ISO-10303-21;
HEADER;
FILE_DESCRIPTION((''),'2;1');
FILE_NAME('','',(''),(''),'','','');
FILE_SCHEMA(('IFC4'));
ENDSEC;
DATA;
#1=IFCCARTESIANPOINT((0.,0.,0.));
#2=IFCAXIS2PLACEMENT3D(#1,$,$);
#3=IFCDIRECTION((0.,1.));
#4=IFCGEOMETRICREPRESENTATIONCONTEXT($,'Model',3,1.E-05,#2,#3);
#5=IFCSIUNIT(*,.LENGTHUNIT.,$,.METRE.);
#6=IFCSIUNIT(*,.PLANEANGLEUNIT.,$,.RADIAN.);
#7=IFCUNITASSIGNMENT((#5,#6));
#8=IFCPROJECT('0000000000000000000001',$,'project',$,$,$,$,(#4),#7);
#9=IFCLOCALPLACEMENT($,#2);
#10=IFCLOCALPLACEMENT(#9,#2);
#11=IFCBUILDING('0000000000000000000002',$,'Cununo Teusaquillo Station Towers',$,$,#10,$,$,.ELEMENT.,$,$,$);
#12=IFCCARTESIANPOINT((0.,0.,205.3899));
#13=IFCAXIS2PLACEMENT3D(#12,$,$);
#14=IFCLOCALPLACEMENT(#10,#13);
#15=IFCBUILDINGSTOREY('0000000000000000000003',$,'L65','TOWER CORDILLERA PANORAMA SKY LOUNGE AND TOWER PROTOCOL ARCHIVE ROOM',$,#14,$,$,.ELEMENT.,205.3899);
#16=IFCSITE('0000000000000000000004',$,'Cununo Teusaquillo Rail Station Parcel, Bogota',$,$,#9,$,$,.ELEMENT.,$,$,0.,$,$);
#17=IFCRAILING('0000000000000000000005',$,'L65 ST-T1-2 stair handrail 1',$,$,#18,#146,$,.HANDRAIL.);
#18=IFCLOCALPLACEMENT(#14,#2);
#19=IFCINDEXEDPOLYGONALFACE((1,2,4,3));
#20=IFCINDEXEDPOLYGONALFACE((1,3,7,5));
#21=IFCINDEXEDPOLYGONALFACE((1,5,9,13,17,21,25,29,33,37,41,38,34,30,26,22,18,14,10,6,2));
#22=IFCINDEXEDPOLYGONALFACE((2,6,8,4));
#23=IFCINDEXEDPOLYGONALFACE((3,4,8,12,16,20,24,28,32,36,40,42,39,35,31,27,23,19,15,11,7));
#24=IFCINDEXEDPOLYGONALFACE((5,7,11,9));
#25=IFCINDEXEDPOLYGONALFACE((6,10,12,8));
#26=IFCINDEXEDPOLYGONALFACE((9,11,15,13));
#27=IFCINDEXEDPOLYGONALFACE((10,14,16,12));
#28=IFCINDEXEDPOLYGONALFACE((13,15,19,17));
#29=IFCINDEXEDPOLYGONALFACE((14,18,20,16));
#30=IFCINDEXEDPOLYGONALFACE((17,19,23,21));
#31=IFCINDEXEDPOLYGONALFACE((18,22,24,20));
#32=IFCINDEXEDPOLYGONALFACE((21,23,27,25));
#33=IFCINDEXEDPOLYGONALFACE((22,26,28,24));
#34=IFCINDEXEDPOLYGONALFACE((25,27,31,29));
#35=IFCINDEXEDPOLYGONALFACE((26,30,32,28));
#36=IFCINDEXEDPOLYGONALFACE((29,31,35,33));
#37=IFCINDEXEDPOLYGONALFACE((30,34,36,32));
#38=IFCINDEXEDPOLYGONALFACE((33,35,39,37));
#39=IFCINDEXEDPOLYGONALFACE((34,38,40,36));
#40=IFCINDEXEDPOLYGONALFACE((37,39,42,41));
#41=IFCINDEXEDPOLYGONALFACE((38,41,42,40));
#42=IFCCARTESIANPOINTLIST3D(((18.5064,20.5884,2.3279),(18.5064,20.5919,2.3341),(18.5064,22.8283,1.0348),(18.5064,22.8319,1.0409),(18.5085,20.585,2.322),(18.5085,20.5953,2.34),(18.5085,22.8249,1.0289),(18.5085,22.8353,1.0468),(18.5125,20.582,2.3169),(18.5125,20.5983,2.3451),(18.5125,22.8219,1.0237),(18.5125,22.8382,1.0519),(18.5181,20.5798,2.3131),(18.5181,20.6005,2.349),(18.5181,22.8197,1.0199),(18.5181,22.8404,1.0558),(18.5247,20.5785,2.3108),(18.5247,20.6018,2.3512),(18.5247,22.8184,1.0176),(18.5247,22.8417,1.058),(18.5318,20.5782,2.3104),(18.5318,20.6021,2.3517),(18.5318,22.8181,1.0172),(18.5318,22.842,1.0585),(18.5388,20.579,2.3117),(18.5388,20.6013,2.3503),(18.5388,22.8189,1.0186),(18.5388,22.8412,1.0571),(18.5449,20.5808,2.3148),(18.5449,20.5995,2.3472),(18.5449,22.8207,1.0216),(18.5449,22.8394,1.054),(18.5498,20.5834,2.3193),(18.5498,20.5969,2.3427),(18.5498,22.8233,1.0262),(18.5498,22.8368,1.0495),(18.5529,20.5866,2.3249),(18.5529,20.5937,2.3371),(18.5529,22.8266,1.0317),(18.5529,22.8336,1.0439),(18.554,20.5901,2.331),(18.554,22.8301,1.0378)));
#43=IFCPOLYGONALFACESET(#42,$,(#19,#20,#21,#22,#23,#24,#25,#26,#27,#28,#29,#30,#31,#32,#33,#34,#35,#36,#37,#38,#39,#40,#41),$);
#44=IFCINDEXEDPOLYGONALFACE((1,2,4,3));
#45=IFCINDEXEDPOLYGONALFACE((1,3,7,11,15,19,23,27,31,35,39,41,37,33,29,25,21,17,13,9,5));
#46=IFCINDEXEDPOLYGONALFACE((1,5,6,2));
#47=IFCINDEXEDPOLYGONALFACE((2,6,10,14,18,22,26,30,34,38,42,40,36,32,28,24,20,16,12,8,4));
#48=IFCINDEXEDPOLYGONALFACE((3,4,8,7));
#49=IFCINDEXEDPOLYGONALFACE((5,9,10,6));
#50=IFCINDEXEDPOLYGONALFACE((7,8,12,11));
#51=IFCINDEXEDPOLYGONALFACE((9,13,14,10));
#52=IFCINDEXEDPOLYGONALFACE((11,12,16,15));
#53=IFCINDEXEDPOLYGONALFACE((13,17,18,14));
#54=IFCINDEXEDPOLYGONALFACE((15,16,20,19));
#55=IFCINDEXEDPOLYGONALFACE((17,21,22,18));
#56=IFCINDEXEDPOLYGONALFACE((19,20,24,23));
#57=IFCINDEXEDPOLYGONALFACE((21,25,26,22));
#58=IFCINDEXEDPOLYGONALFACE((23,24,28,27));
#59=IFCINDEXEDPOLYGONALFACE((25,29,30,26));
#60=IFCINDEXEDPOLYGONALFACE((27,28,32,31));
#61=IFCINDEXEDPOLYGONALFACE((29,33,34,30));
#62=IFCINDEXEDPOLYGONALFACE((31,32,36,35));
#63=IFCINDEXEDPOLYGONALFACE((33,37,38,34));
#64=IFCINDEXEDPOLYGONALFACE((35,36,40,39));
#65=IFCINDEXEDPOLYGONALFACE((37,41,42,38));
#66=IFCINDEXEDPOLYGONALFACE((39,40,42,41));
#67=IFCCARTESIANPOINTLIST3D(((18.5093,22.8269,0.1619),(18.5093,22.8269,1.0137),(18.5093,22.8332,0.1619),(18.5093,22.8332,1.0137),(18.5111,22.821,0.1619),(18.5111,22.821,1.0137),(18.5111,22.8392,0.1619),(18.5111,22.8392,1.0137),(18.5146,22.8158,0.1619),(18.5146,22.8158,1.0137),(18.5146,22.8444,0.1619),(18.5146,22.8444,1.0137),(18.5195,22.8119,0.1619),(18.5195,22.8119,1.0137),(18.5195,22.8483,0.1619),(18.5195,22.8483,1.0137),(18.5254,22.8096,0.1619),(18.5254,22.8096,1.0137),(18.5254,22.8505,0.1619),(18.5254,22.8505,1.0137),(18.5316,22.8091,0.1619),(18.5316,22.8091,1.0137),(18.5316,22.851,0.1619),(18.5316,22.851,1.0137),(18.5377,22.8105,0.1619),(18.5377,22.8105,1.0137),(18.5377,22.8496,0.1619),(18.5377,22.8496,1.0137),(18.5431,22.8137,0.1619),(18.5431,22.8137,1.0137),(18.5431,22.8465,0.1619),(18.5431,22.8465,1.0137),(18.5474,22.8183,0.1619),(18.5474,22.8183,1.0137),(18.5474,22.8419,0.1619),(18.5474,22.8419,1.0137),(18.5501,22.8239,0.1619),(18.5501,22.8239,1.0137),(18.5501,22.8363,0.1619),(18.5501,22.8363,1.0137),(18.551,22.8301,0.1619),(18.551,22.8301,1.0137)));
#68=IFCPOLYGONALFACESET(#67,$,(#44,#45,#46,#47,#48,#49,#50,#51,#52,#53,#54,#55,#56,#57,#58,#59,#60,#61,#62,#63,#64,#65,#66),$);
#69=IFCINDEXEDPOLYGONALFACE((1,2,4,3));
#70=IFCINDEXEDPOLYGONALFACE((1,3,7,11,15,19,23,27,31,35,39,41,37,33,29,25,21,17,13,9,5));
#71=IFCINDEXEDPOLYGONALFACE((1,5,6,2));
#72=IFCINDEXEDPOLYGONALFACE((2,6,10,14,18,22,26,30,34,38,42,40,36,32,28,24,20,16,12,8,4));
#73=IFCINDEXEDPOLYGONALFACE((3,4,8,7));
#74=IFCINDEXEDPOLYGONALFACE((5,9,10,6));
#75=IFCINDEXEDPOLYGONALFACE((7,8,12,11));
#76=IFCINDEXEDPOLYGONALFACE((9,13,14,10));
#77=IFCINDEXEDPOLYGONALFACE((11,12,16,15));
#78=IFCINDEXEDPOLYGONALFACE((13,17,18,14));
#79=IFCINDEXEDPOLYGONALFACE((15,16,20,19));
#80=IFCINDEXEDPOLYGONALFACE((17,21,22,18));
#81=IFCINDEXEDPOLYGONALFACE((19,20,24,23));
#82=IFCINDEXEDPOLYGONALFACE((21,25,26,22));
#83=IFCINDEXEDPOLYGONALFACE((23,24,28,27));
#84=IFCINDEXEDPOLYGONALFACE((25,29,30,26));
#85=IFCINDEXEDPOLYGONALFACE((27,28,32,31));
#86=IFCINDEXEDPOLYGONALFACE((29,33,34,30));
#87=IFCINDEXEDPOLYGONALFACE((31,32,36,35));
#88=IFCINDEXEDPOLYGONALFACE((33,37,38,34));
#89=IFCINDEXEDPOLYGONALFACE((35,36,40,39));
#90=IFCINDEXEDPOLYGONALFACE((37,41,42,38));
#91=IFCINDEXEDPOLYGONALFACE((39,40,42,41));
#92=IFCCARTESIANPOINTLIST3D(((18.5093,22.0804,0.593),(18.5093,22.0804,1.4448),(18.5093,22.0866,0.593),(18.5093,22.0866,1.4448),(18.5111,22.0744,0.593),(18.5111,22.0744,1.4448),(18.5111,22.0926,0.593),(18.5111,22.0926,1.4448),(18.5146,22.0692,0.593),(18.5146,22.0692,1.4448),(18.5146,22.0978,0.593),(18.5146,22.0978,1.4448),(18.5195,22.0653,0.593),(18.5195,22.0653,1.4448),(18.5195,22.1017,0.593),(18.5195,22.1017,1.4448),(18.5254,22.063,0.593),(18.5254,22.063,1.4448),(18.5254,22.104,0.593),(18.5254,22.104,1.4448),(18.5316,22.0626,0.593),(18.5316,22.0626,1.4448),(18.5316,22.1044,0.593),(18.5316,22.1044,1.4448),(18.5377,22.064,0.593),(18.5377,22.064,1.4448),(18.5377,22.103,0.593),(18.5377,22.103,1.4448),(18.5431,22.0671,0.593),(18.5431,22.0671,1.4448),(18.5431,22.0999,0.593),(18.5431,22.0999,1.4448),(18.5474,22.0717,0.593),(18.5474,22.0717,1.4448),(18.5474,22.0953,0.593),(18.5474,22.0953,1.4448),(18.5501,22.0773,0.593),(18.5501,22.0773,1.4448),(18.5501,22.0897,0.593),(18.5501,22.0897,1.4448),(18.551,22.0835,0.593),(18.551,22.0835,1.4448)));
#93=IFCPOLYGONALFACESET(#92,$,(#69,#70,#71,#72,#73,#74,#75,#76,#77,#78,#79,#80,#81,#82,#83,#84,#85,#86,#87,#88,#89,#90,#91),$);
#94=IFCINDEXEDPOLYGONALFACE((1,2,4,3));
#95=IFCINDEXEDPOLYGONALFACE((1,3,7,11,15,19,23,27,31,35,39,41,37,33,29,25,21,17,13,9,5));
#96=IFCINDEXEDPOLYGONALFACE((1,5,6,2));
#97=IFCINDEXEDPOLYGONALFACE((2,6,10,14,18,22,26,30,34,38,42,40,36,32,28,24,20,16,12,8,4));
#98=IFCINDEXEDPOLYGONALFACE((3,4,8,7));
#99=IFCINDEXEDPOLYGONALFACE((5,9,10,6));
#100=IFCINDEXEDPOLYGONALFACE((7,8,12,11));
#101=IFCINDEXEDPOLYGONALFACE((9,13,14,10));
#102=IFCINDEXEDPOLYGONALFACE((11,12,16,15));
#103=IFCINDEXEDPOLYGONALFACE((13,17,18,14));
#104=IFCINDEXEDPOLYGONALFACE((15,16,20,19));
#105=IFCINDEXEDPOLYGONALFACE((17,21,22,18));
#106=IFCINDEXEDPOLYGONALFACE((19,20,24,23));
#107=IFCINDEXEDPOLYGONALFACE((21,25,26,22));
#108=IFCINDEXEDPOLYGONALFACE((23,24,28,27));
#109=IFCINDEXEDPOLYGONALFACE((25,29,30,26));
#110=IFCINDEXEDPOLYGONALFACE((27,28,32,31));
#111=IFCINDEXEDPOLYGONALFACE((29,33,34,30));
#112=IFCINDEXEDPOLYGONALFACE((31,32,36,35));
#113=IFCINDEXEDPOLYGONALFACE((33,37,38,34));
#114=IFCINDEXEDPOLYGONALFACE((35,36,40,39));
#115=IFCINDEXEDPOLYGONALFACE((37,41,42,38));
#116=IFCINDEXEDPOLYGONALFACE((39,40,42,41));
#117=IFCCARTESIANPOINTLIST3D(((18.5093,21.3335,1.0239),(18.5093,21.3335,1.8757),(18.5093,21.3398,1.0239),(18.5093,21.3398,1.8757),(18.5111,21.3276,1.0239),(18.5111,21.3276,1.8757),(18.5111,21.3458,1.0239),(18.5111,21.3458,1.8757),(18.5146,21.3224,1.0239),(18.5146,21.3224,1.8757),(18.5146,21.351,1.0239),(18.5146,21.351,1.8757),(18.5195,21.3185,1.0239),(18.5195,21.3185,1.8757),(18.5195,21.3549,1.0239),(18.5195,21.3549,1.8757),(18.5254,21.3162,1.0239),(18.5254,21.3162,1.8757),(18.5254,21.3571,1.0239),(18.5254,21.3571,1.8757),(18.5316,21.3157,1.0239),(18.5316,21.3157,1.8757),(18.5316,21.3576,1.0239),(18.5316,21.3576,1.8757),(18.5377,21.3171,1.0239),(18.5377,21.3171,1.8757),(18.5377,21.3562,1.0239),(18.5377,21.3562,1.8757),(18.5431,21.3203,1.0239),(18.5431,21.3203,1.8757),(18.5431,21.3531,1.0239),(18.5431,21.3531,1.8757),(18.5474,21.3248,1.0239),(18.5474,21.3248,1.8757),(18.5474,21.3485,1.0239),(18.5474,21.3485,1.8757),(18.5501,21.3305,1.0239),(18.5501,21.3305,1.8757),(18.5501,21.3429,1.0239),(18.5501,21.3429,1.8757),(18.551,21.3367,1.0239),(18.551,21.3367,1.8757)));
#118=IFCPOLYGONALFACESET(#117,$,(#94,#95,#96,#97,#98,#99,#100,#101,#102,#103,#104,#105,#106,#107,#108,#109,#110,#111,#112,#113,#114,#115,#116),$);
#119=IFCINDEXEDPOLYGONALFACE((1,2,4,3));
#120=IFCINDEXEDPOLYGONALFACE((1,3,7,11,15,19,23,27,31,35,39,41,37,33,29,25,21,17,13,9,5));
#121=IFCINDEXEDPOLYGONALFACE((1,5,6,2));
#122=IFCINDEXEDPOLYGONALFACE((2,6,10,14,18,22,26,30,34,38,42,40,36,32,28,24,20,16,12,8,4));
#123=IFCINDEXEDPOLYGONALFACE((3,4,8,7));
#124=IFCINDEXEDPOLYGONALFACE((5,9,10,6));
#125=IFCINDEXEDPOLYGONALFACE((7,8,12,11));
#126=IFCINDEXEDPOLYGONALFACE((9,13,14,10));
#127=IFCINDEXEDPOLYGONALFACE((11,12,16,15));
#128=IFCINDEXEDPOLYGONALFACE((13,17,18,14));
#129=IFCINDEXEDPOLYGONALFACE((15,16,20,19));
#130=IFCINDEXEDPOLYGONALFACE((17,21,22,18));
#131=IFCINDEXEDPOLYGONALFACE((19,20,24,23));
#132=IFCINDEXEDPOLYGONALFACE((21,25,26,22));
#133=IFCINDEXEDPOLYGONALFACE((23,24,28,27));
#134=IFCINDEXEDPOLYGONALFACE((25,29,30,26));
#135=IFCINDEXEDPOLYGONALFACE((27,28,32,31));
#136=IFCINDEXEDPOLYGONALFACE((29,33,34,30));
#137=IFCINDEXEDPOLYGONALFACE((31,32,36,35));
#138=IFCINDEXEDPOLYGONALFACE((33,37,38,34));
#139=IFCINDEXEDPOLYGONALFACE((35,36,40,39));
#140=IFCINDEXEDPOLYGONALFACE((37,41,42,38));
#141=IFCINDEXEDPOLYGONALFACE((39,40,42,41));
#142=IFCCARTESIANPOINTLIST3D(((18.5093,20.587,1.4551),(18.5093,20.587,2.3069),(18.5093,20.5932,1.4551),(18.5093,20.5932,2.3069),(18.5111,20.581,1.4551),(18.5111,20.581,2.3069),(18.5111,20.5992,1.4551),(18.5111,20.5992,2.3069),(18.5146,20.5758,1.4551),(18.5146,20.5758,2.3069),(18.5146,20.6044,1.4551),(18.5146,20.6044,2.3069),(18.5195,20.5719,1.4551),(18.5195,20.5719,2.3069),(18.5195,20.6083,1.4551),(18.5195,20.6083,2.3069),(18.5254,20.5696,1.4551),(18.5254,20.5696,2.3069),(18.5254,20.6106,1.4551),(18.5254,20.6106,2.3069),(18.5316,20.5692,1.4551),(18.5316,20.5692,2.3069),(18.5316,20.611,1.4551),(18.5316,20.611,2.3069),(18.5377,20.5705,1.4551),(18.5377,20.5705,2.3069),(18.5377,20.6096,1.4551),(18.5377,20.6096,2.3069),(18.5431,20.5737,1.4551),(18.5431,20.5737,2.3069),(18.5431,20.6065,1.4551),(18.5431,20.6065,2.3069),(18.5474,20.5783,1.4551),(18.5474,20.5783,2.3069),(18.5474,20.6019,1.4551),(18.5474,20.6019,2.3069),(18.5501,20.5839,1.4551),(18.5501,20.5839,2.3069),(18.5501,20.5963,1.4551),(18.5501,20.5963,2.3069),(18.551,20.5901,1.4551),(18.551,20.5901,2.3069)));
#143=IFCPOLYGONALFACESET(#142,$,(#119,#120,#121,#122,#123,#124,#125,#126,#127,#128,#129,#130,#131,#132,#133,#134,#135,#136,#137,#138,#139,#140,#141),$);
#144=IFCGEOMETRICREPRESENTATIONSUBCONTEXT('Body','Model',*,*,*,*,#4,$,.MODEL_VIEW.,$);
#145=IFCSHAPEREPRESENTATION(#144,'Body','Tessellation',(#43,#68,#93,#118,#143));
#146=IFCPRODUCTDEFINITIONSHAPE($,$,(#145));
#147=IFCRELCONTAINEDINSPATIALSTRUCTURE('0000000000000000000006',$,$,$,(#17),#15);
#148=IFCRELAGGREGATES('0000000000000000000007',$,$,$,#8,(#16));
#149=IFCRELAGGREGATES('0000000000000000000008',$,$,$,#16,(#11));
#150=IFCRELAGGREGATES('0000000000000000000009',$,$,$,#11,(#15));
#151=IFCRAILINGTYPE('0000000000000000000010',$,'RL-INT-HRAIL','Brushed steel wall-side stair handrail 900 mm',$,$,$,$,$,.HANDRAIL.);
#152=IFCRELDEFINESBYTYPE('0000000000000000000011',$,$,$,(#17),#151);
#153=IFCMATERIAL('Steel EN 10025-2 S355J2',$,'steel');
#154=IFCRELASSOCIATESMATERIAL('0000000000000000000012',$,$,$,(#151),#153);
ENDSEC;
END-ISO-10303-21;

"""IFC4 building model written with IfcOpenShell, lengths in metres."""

from ifc_helpers import new_model, si_unit, direction, frame, origin, origin_2d, place, context, subcontext, project, spatial, circle, extrude, material, type_object, element, save


model = new_model("IFC4")

# Units and contexts
model_context = context("Model", 3, precision=1e-05, world=origin(), true_north=direction((0.0, 1.0)))
body_context = subcontext(model_context, "Body", "Model", "MODEL_VIEW")
ifc_project = project(units=[si_unit("LENGTHUNIT", "METRE"), si_unit("PLANEANGLEUNIT", "RADIAN")], contexts=[model_context])

# Site, building, storey
site_placement = place(None, origin())
site = spatial("IfcSite", under=ifc_project, at=site_placement, Name="Cununo Teusaquillo Rail Station Parcel, Bogota", CompositionType="ELEMENT", RefElevation=0.0)
building_placement = place(site_placement, origin())
building = spatial("IfcBuilding", under=site, at=building_placement, Name="Cununo Teusaquillo Station Towers", CompositionType="ELEMENT")
storey_placement = place(building_placement, frame((0.0, 0.0, 205.3899)))
storey = spatial("IfcBuildingStorey", under=building, at=storey_placement, Name="L65", Description="TOWER CORDILLERA PANORAMA SKY LOUNGE AND TOWER PROTOCOL ARCHIVE ROOM", CompositionType="ELEMENT", Elevation=205.3899)

# Railing
ifc_material_1 = material(Name="Steel EN 10025-2 S355J2", Category="steel")
railing_type_1 = type_object("IfcRailingType", Name="RL-INT-HRAIL", Description="Brushed steel wall-side stair handrail 900 mm", PredefinedType="HANDRAIL", material=ifc_material_1)
railing_1_placement = place(storey_placement, frame((18.53, 22.8301, 0.1619)))
element("IfcRailing", 1, at=railing_1_placement, inside=storey, type_object=railing_type_1, Name="L65 ST-T1-2 stair handrail 1", PredefinedType="HANDRAIL", context=body_context, shape_type="SweptSolid", body=[
    extrude(circle(Radius=0.0239, at=origin_2d()), frame((0.0, 0.0, 0.876), z_axis=(0.0, -0.866033, 0.499987), x_axis=(1.0, 0.0, 0.0)), (0.0, 0.0, 1.0), 2.5864),
    extrude(circle(Radius=0.021, at=origin_2d()), origin(), (0.0, 0.0, 1.0), 0.8518),
    extrude(circle(Radius=0.021, at=origin_2d()), frame((0.0, -0.7466, 0.4312)), (0.0, 0.0, 1.0), 0.8518),
    extrude(circle(Radius=0.021, at=origin_2d()), frame((0.0, -1.4934, 0.8621)), (0.0, 0.0, 1.0), 0.8518),
    extrude(circle(Radius=0.021, at=origin_2d()), frame((0.0, -2.24, 1.2932)), (0.0, 0.0, 1.0), 0.8518),
])

save(model, "model.ifc")
